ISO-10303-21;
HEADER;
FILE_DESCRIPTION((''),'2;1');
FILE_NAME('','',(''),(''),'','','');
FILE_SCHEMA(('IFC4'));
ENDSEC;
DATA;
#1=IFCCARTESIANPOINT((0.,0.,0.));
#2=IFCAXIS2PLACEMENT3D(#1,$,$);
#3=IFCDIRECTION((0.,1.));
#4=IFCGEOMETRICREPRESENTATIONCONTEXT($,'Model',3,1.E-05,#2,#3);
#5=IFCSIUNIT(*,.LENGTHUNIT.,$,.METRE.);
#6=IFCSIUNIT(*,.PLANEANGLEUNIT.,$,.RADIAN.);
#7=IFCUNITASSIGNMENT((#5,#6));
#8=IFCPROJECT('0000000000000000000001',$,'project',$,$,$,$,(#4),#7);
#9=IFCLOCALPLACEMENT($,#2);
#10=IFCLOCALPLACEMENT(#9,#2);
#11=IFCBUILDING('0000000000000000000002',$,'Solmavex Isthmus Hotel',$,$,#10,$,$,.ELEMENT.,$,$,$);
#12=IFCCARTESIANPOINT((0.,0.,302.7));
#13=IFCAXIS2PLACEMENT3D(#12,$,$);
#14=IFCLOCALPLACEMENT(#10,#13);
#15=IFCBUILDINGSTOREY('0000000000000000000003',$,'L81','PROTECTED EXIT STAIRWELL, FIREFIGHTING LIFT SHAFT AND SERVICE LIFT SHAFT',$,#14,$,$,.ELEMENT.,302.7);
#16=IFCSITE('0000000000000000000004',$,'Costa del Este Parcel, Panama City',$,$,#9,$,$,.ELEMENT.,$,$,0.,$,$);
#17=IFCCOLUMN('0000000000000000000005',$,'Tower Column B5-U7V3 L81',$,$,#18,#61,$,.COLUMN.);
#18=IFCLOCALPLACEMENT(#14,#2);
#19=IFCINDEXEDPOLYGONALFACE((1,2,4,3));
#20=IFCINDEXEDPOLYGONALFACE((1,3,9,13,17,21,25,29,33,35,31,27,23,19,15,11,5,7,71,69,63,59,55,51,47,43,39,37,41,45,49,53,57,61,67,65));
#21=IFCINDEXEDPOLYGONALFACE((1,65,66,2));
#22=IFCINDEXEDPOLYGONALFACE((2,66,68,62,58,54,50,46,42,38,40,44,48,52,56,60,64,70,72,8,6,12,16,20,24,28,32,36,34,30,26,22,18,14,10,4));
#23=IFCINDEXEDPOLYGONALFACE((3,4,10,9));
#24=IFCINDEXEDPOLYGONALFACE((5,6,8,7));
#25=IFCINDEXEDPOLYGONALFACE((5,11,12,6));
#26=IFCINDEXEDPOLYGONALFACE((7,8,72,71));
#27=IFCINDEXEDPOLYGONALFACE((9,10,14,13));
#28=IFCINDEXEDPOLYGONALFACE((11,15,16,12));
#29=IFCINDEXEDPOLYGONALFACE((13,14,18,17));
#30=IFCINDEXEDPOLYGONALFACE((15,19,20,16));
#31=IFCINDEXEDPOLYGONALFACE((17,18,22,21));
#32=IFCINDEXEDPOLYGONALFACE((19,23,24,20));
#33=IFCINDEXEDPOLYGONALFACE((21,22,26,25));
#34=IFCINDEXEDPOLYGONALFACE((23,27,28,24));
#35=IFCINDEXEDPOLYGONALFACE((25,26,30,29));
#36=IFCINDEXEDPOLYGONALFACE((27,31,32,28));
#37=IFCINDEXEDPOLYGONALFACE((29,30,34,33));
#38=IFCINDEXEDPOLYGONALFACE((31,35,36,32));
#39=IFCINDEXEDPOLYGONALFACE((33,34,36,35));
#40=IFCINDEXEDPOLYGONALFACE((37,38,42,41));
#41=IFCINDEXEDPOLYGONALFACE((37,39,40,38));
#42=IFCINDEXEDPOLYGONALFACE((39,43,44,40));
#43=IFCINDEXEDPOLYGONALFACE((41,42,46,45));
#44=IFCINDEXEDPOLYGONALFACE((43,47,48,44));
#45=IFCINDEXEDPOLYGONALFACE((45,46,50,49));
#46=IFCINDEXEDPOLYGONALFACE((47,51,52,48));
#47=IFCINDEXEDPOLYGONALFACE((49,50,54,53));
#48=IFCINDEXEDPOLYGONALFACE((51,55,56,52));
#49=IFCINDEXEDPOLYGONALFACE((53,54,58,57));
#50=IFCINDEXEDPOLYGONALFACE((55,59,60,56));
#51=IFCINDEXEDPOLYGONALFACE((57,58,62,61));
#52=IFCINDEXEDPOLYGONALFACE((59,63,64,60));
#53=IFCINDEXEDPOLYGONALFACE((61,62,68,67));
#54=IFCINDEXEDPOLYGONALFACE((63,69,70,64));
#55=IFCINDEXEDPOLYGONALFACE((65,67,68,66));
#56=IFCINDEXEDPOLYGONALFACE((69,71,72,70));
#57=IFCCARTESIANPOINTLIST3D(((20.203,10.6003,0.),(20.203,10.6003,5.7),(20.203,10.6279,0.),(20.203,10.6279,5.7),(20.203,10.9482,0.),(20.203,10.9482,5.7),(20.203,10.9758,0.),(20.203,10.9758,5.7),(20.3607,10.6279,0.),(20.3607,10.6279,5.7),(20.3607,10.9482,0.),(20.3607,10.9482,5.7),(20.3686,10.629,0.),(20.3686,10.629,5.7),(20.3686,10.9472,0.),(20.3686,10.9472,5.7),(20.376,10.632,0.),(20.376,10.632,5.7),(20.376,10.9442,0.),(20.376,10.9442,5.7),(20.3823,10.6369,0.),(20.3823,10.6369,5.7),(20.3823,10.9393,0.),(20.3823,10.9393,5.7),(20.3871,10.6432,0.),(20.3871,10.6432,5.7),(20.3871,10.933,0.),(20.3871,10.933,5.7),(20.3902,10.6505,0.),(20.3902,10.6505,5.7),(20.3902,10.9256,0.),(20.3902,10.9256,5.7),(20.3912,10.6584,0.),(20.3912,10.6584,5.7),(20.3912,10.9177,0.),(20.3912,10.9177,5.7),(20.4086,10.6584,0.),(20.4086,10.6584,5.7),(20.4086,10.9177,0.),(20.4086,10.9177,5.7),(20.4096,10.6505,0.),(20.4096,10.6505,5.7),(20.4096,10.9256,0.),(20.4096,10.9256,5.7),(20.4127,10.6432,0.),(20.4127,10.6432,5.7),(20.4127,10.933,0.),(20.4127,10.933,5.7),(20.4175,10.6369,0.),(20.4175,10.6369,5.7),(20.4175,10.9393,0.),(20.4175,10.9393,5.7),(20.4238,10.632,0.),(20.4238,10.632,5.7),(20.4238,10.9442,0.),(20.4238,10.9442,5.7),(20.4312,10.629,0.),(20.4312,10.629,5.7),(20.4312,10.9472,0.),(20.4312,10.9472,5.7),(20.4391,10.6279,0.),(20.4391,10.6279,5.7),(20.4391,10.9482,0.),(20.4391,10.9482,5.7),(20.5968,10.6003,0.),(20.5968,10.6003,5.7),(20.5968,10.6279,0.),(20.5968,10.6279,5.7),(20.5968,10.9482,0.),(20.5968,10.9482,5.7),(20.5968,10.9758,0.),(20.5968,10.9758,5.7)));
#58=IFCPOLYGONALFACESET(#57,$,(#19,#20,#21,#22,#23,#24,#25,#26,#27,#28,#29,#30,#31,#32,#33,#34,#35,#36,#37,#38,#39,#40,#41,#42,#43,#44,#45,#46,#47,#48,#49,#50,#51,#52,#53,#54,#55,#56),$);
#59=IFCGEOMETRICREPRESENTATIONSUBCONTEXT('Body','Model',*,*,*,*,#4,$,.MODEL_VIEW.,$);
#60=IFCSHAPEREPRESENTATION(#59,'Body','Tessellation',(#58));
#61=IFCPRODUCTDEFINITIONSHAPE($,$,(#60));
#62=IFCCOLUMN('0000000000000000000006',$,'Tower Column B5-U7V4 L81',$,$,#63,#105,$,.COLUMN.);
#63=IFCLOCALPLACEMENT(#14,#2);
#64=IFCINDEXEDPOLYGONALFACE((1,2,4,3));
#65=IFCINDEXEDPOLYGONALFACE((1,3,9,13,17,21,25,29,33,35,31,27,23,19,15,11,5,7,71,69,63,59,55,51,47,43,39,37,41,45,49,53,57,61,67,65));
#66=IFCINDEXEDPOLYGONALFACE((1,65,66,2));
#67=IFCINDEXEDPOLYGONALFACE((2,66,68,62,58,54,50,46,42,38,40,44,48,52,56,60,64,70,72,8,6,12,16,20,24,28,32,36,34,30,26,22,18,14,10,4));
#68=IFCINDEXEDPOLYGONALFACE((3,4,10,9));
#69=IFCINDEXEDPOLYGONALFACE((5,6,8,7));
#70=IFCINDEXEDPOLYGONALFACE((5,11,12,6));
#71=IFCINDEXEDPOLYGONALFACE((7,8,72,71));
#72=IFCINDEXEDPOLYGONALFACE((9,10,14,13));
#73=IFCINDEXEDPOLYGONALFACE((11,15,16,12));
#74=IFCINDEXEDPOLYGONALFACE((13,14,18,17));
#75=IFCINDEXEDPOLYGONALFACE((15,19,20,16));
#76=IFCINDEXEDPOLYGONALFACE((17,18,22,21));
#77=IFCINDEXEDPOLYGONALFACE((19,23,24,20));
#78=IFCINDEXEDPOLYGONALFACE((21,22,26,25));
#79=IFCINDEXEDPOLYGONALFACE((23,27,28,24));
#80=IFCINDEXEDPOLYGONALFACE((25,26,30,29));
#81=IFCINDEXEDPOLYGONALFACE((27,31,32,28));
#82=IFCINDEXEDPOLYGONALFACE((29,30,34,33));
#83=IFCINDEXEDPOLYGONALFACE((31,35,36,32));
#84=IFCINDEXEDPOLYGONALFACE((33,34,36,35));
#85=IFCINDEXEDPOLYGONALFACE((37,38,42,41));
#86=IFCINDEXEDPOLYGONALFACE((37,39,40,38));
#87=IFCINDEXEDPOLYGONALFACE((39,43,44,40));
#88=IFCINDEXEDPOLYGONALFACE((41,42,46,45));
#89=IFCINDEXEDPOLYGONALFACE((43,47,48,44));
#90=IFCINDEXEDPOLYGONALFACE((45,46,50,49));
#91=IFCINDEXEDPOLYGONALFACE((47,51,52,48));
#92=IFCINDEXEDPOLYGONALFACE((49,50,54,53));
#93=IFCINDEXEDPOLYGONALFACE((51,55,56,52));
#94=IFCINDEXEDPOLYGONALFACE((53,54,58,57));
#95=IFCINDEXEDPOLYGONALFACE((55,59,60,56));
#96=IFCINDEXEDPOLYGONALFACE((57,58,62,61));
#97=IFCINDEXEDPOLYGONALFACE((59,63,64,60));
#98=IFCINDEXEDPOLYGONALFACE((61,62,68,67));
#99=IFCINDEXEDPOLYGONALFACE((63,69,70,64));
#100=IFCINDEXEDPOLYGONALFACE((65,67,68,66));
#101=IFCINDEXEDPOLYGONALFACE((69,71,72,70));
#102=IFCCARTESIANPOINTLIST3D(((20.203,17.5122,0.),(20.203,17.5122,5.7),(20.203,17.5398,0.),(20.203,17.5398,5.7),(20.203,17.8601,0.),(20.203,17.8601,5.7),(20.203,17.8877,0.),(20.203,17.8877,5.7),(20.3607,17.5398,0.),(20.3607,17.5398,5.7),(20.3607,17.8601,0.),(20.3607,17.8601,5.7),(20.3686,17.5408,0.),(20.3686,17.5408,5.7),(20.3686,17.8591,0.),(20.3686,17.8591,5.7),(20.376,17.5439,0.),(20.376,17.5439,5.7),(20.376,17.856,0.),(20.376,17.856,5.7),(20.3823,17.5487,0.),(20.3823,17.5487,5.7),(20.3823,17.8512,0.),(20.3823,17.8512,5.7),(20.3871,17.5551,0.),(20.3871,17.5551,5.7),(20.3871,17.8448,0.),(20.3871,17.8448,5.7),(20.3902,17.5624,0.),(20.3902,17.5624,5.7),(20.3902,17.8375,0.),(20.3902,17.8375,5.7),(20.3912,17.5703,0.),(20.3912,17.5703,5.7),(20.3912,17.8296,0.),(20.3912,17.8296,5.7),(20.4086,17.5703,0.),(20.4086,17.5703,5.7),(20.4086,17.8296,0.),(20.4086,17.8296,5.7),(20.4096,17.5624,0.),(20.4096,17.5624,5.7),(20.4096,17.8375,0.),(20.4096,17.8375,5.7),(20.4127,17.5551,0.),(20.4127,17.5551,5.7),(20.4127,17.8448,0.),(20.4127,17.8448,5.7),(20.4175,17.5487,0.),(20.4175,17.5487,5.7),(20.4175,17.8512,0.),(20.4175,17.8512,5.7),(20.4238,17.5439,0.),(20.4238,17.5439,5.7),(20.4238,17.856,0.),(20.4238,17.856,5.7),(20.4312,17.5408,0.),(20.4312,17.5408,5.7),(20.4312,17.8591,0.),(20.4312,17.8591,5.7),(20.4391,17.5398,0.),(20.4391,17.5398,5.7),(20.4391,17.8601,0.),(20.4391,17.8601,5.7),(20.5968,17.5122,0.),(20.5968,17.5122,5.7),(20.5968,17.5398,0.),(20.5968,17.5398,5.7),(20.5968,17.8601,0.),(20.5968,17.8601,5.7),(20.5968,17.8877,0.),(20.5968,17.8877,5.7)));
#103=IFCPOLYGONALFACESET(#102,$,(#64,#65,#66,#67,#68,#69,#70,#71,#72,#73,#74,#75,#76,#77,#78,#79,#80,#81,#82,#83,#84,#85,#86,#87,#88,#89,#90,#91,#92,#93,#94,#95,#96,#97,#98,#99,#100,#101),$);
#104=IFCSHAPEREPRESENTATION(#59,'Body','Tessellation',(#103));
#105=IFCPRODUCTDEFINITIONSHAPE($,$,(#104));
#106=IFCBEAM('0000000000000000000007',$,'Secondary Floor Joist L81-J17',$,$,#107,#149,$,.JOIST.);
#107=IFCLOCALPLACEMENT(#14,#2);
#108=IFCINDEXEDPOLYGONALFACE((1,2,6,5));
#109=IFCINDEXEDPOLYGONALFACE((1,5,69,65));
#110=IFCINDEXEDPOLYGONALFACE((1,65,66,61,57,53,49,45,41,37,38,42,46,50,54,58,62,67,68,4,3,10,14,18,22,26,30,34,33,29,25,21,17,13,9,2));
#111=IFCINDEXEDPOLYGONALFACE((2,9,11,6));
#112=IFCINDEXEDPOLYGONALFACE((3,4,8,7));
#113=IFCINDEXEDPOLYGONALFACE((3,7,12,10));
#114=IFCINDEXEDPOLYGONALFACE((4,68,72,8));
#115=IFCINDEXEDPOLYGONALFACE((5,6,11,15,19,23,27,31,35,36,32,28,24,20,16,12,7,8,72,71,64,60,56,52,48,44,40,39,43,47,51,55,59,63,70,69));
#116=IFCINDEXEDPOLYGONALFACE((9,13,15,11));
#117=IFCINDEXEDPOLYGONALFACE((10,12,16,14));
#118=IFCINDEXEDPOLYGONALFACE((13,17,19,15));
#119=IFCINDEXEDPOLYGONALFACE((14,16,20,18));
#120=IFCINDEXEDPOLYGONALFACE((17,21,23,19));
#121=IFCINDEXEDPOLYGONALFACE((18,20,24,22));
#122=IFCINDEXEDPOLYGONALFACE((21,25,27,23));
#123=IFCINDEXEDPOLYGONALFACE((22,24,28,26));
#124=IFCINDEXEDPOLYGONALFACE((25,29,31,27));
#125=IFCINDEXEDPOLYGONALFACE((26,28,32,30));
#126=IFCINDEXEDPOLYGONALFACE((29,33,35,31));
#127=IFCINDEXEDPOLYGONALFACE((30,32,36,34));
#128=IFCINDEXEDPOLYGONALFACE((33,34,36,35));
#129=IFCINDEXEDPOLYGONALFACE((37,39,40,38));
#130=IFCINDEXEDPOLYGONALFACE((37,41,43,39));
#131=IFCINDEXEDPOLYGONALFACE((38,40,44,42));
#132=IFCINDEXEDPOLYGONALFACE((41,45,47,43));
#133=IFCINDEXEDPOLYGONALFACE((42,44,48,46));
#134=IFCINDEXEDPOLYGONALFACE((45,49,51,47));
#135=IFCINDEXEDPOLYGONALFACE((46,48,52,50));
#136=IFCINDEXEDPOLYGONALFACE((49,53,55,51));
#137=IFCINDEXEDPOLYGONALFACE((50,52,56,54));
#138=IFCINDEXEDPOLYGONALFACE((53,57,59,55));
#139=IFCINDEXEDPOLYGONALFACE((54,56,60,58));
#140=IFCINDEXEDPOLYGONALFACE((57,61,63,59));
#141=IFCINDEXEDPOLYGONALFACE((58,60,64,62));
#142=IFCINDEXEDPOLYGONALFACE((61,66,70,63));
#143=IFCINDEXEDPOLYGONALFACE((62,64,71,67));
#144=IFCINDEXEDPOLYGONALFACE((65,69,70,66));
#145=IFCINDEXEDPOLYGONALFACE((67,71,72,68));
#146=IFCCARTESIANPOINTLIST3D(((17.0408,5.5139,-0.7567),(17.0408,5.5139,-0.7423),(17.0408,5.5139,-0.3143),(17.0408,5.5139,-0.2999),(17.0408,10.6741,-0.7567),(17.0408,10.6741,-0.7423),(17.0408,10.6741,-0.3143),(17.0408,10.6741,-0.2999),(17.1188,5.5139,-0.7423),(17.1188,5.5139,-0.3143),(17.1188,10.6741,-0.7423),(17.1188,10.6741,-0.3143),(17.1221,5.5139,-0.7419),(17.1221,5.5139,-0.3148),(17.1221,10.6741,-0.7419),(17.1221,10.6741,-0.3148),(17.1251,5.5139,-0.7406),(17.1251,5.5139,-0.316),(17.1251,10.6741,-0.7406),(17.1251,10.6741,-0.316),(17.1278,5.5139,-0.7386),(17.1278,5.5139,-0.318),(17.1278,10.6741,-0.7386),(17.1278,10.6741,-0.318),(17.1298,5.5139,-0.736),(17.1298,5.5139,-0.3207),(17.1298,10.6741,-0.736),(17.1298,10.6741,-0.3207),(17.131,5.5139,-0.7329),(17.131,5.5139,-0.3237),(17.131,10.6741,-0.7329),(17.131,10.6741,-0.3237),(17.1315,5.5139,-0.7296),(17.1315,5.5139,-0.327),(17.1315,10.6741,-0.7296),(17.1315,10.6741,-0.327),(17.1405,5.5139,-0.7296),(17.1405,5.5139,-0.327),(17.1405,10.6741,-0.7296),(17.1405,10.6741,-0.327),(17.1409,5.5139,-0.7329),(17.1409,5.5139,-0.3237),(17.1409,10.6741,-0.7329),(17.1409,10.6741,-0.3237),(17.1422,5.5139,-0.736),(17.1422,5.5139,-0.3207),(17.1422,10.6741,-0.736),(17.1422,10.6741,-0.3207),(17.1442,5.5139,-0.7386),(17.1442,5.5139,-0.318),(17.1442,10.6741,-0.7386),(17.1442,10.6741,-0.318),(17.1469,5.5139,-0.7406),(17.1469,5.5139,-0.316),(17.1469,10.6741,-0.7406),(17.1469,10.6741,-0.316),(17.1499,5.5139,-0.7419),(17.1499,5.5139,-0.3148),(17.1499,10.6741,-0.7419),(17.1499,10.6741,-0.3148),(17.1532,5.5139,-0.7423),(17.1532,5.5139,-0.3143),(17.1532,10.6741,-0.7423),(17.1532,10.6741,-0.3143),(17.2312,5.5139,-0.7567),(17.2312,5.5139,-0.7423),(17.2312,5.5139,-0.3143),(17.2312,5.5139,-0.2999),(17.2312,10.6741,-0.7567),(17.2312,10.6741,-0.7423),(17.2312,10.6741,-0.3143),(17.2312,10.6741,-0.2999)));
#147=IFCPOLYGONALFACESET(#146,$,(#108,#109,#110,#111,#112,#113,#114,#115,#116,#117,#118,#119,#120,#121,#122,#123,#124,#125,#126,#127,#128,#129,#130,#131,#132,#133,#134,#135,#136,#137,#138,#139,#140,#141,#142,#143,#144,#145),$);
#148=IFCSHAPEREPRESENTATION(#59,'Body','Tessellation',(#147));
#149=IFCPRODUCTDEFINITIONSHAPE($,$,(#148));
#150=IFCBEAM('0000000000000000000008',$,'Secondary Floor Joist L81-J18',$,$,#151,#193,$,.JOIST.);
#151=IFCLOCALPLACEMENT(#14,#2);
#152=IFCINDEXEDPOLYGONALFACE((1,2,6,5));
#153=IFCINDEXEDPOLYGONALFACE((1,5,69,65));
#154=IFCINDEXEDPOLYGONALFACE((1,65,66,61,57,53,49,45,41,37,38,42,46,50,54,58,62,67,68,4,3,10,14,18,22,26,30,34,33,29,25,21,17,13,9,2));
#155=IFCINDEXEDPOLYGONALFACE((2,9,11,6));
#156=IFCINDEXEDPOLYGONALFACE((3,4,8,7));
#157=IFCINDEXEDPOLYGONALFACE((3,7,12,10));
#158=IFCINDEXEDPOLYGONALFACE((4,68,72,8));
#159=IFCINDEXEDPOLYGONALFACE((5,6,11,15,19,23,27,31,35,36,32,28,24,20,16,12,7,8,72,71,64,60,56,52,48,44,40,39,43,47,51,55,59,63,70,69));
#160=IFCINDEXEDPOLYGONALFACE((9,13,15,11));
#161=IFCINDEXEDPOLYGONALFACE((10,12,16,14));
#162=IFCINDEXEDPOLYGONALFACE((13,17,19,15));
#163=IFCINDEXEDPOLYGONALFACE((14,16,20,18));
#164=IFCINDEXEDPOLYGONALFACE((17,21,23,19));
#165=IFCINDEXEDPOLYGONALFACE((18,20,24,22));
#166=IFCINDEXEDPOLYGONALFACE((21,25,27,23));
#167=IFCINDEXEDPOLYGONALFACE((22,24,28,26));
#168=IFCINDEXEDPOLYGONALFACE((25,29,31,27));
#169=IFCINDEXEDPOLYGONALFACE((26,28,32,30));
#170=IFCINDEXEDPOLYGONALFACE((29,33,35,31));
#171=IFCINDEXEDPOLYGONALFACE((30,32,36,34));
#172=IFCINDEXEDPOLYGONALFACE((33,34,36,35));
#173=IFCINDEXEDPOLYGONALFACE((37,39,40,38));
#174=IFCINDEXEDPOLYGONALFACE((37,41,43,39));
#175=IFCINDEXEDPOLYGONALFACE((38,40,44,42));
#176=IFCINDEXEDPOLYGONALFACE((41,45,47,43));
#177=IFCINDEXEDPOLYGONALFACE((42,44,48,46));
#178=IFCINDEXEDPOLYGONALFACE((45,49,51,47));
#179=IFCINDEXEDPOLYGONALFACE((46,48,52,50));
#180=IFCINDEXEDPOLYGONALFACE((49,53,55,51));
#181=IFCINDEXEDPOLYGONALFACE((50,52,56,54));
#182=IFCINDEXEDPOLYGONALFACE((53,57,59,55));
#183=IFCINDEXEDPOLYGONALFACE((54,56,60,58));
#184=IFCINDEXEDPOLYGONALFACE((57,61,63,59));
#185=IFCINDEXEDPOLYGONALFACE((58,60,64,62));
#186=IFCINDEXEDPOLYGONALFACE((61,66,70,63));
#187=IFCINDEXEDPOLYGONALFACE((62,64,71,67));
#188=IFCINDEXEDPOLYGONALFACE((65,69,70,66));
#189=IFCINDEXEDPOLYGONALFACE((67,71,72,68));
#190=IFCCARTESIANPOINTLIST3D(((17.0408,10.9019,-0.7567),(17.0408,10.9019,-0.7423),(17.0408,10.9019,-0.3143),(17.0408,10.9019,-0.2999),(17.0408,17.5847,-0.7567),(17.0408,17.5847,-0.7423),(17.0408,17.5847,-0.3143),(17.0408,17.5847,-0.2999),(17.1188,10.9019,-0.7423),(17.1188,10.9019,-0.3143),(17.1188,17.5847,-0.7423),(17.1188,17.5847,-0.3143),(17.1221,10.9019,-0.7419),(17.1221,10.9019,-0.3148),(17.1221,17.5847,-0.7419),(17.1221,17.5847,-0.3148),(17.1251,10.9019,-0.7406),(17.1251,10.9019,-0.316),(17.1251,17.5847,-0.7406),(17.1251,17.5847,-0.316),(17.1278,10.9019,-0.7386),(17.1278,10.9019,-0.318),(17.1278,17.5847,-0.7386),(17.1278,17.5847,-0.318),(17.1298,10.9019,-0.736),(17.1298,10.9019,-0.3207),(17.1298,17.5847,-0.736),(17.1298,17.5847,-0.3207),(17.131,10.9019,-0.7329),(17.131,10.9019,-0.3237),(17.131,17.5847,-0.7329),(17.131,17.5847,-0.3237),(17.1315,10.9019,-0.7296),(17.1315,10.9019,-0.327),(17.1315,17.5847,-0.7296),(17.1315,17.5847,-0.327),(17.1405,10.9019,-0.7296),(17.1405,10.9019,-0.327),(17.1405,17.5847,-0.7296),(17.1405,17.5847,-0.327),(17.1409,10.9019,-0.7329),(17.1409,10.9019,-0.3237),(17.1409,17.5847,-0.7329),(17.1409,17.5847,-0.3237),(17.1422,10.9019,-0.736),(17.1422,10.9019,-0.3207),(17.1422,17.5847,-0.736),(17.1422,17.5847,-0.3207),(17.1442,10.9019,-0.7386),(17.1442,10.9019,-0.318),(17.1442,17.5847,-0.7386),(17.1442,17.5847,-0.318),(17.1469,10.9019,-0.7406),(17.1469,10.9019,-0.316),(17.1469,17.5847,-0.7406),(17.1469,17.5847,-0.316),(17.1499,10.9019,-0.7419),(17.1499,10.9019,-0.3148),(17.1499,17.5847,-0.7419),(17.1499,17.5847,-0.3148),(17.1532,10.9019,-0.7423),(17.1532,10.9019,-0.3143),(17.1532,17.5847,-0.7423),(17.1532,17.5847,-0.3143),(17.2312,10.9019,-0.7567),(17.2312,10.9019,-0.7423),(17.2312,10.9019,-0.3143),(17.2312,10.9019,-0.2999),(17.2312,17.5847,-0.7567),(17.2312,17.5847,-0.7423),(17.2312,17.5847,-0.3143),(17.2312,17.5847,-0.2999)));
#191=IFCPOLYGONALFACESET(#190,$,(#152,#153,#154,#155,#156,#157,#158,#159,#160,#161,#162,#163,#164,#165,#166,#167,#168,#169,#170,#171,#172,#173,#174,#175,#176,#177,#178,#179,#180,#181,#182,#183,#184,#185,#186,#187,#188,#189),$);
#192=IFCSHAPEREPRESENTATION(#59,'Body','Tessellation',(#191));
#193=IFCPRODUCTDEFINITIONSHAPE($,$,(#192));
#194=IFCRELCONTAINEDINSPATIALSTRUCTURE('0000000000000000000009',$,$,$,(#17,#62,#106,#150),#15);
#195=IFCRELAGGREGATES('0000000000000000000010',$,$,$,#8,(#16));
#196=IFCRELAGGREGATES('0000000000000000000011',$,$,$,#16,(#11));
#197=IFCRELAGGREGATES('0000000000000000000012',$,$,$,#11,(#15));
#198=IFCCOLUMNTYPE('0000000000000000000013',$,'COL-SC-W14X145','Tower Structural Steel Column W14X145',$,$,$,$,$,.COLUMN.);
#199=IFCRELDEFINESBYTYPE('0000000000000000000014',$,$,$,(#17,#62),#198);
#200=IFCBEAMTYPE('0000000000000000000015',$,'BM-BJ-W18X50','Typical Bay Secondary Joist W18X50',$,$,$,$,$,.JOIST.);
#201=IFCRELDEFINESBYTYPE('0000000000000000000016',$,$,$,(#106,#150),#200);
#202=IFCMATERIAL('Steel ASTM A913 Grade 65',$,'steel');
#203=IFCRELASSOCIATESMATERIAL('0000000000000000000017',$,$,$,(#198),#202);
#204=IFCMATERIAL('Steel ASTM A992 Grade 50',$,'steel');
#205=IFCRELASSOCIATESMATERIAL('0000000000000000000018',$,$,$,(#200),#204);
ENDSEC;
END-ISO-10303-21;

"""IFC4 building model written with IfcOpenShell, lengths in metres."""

from ifc_helpers import new_model, si_unit, direction, frame, origin, origin_2d, place, context, subcontext, project, spatial, i_section, extrude, material, material_profile, profile_set, type_object, element, save


model = new_model("IFC4")

# Units and contexts
model_context = context("Model", 3, precision=1e-05, world=origin(), true_north=direction((0.0, 1.0)))
body_context = subcontext(model_context, "Body", "Model", "MODEL_VIEW")
ifc_project = project(units=[si_unit("LENGTHUNIT", "METRE"), si_unit("PLANEANGLEUNIT", "RADIAN")], contexts=[model_context])

# Site, building, storey
site_placement = place(None, origin())
site = spatial("IfcSite", under=ifc_project, at=site_placement, Name="Costa del Este Parcel, Panama City", CompositionType="ELEMENT", RefElevation=0.0)
building_placement = place(site_placement, origin())
building = spatial("IfcBuilding", under=site, at=building_placement, Name="Solmavex Isthmus Hotel", CompositionType="ELEMENT")
storey_placement = place(building_placement, frame((0.0, 0.0, 302.7)))
storey = spatial("IfcBuildingStorey", under=building, at=storey_placement, Name="L81", Description="PROTECTED EXIT STAIRWELL, FIREFIGHTING LIFT SHAFT AND SERVICE LIFT SHAFT", CompositionType="ELEMENT", Elevation=302.7)

# Columns
ifc_material_1 = material(Name="Steel ASTM A913 Grade 65", Category="steel")
ifc_material_profile_1 = material_profile(ifc_material_1, i_section(OverallWidth=0.3938, OverallDepth=0.3755, WebThickness=0.0173, FlangeThickness=0.0276, FilletRadius=0.0305, at=origin_2d()), Name="W14X145")
ifc_profile_set_1 = profile_set([ifc_material_profile_1], Name="Steel ASTM A913 Grade 65")
column_type = type_object("IfcColumnType", Name="COL-SC-W14X145", Description="Tower Structural Steel Column W14X145", PredefinedType="COLUMN", material=ifc_profile_set_1)
for number, where, z_axis, x_axis, name in (
    (1, (20.3999, 10.7881, 0.0), (0.0, 0.0, 1.0), (1.0, 0.0, 0.0), "Tower Column B5-U7V3 L81"),
    (2, (20.3999, 17.7, 0.0), (0.0, 0.0, 1.0), (1.0, 0.0, 0.0), "Tower Column B5-U7V4 L81"),
):
    element("IfcColumn", number, at=place(storey_placement, frame(where, z_axis=z_axis, x_axis=x_axis)), inside=storey, type_object=column_type, Name=name, PredefinedType="COLUMN", context=body_context, shape_type="SweptSolid", body=[
        extrude(i_section(OverallWidth=0.3938, OverallDepth=0.3755, WebThickness=0.0173, FlangeThickness=0.0276, FilletRadius=0.0305, at=origin_2d()), origin(), (0.0, 0.0, 1.0), 5.7),
    ])

# Beams
ifc_material_2 = material(Name="Steel ASTM A992 Grade 50", Category="steel")
ifc_material_profile_2 = material_profile(ifc_material_2, i_section(OverallWidth=0.1904, OverallDepth=0.4568, WebThickness=0.009, FlangeThickness=0.0144, FilletRadius=0.0127, at=origin_2d()), Name="W18X50")
ifc_profile_set_2 = profile_set([ifc_material_profile_2], Name="Steel ASTM A992 Grade 50")
beam_type_1 = type_object("IfcBeamType", Name="BM-BJ-W18X50", Description="Typical Bay Secondary Joist W18X50", PredefinedType="JOIST", material=ifc_profile_set_2)
beam_1_placement = place(storey_placement, frame((17.136, 5.5139, -0.5283), z_axis=(0.0, 1.0, 0.0), x_axis=(-1.0, 0.0, 0.0)))
element("IfcBeam", 3, at=beam_1_placement, inside=storey, type_object=beam_type_1, Name="Secondary Floor Joist L81-J17", PredefinedType="JOIST", context=body_context, shape_type="SweptSolid", body=[
    extrude(i_section(OverallWidth=0.1904, OverallDepth=0.4568, WebThickness=0.009, FlangeThickness=0.0144, FilletRadius=0.0127, at=origin_2d()), origin(), (0.0, 0.0, 1.0), 5.1602),
])
beam_2_placement = place(storey_placement, frame((17.136, 10.9019, -0.5283), z_axis=(0.0, 1.0, 0.0), x_axis=(-1.0, 0.0, 0.0)))
element("IfcBeam", 4, at=beam_2_placement, inside=storey, type_object=beam_type_1, Name="Secondary Floor Joist L81-J18", PredefinedType="JOIST", context=body_context, shape_type="SweptSolid", body=[
    extrude(i_section(OverallWidth=0.1904, OverallDepth=0.4568, WebThickness=0.009, FlangeThickness=0.0144, FilletRadius=0.0127, at=origin_2d()), origin(), (0.0, 0.0, 1.0), 6.6829),
])

save(model, "model.ifc")
